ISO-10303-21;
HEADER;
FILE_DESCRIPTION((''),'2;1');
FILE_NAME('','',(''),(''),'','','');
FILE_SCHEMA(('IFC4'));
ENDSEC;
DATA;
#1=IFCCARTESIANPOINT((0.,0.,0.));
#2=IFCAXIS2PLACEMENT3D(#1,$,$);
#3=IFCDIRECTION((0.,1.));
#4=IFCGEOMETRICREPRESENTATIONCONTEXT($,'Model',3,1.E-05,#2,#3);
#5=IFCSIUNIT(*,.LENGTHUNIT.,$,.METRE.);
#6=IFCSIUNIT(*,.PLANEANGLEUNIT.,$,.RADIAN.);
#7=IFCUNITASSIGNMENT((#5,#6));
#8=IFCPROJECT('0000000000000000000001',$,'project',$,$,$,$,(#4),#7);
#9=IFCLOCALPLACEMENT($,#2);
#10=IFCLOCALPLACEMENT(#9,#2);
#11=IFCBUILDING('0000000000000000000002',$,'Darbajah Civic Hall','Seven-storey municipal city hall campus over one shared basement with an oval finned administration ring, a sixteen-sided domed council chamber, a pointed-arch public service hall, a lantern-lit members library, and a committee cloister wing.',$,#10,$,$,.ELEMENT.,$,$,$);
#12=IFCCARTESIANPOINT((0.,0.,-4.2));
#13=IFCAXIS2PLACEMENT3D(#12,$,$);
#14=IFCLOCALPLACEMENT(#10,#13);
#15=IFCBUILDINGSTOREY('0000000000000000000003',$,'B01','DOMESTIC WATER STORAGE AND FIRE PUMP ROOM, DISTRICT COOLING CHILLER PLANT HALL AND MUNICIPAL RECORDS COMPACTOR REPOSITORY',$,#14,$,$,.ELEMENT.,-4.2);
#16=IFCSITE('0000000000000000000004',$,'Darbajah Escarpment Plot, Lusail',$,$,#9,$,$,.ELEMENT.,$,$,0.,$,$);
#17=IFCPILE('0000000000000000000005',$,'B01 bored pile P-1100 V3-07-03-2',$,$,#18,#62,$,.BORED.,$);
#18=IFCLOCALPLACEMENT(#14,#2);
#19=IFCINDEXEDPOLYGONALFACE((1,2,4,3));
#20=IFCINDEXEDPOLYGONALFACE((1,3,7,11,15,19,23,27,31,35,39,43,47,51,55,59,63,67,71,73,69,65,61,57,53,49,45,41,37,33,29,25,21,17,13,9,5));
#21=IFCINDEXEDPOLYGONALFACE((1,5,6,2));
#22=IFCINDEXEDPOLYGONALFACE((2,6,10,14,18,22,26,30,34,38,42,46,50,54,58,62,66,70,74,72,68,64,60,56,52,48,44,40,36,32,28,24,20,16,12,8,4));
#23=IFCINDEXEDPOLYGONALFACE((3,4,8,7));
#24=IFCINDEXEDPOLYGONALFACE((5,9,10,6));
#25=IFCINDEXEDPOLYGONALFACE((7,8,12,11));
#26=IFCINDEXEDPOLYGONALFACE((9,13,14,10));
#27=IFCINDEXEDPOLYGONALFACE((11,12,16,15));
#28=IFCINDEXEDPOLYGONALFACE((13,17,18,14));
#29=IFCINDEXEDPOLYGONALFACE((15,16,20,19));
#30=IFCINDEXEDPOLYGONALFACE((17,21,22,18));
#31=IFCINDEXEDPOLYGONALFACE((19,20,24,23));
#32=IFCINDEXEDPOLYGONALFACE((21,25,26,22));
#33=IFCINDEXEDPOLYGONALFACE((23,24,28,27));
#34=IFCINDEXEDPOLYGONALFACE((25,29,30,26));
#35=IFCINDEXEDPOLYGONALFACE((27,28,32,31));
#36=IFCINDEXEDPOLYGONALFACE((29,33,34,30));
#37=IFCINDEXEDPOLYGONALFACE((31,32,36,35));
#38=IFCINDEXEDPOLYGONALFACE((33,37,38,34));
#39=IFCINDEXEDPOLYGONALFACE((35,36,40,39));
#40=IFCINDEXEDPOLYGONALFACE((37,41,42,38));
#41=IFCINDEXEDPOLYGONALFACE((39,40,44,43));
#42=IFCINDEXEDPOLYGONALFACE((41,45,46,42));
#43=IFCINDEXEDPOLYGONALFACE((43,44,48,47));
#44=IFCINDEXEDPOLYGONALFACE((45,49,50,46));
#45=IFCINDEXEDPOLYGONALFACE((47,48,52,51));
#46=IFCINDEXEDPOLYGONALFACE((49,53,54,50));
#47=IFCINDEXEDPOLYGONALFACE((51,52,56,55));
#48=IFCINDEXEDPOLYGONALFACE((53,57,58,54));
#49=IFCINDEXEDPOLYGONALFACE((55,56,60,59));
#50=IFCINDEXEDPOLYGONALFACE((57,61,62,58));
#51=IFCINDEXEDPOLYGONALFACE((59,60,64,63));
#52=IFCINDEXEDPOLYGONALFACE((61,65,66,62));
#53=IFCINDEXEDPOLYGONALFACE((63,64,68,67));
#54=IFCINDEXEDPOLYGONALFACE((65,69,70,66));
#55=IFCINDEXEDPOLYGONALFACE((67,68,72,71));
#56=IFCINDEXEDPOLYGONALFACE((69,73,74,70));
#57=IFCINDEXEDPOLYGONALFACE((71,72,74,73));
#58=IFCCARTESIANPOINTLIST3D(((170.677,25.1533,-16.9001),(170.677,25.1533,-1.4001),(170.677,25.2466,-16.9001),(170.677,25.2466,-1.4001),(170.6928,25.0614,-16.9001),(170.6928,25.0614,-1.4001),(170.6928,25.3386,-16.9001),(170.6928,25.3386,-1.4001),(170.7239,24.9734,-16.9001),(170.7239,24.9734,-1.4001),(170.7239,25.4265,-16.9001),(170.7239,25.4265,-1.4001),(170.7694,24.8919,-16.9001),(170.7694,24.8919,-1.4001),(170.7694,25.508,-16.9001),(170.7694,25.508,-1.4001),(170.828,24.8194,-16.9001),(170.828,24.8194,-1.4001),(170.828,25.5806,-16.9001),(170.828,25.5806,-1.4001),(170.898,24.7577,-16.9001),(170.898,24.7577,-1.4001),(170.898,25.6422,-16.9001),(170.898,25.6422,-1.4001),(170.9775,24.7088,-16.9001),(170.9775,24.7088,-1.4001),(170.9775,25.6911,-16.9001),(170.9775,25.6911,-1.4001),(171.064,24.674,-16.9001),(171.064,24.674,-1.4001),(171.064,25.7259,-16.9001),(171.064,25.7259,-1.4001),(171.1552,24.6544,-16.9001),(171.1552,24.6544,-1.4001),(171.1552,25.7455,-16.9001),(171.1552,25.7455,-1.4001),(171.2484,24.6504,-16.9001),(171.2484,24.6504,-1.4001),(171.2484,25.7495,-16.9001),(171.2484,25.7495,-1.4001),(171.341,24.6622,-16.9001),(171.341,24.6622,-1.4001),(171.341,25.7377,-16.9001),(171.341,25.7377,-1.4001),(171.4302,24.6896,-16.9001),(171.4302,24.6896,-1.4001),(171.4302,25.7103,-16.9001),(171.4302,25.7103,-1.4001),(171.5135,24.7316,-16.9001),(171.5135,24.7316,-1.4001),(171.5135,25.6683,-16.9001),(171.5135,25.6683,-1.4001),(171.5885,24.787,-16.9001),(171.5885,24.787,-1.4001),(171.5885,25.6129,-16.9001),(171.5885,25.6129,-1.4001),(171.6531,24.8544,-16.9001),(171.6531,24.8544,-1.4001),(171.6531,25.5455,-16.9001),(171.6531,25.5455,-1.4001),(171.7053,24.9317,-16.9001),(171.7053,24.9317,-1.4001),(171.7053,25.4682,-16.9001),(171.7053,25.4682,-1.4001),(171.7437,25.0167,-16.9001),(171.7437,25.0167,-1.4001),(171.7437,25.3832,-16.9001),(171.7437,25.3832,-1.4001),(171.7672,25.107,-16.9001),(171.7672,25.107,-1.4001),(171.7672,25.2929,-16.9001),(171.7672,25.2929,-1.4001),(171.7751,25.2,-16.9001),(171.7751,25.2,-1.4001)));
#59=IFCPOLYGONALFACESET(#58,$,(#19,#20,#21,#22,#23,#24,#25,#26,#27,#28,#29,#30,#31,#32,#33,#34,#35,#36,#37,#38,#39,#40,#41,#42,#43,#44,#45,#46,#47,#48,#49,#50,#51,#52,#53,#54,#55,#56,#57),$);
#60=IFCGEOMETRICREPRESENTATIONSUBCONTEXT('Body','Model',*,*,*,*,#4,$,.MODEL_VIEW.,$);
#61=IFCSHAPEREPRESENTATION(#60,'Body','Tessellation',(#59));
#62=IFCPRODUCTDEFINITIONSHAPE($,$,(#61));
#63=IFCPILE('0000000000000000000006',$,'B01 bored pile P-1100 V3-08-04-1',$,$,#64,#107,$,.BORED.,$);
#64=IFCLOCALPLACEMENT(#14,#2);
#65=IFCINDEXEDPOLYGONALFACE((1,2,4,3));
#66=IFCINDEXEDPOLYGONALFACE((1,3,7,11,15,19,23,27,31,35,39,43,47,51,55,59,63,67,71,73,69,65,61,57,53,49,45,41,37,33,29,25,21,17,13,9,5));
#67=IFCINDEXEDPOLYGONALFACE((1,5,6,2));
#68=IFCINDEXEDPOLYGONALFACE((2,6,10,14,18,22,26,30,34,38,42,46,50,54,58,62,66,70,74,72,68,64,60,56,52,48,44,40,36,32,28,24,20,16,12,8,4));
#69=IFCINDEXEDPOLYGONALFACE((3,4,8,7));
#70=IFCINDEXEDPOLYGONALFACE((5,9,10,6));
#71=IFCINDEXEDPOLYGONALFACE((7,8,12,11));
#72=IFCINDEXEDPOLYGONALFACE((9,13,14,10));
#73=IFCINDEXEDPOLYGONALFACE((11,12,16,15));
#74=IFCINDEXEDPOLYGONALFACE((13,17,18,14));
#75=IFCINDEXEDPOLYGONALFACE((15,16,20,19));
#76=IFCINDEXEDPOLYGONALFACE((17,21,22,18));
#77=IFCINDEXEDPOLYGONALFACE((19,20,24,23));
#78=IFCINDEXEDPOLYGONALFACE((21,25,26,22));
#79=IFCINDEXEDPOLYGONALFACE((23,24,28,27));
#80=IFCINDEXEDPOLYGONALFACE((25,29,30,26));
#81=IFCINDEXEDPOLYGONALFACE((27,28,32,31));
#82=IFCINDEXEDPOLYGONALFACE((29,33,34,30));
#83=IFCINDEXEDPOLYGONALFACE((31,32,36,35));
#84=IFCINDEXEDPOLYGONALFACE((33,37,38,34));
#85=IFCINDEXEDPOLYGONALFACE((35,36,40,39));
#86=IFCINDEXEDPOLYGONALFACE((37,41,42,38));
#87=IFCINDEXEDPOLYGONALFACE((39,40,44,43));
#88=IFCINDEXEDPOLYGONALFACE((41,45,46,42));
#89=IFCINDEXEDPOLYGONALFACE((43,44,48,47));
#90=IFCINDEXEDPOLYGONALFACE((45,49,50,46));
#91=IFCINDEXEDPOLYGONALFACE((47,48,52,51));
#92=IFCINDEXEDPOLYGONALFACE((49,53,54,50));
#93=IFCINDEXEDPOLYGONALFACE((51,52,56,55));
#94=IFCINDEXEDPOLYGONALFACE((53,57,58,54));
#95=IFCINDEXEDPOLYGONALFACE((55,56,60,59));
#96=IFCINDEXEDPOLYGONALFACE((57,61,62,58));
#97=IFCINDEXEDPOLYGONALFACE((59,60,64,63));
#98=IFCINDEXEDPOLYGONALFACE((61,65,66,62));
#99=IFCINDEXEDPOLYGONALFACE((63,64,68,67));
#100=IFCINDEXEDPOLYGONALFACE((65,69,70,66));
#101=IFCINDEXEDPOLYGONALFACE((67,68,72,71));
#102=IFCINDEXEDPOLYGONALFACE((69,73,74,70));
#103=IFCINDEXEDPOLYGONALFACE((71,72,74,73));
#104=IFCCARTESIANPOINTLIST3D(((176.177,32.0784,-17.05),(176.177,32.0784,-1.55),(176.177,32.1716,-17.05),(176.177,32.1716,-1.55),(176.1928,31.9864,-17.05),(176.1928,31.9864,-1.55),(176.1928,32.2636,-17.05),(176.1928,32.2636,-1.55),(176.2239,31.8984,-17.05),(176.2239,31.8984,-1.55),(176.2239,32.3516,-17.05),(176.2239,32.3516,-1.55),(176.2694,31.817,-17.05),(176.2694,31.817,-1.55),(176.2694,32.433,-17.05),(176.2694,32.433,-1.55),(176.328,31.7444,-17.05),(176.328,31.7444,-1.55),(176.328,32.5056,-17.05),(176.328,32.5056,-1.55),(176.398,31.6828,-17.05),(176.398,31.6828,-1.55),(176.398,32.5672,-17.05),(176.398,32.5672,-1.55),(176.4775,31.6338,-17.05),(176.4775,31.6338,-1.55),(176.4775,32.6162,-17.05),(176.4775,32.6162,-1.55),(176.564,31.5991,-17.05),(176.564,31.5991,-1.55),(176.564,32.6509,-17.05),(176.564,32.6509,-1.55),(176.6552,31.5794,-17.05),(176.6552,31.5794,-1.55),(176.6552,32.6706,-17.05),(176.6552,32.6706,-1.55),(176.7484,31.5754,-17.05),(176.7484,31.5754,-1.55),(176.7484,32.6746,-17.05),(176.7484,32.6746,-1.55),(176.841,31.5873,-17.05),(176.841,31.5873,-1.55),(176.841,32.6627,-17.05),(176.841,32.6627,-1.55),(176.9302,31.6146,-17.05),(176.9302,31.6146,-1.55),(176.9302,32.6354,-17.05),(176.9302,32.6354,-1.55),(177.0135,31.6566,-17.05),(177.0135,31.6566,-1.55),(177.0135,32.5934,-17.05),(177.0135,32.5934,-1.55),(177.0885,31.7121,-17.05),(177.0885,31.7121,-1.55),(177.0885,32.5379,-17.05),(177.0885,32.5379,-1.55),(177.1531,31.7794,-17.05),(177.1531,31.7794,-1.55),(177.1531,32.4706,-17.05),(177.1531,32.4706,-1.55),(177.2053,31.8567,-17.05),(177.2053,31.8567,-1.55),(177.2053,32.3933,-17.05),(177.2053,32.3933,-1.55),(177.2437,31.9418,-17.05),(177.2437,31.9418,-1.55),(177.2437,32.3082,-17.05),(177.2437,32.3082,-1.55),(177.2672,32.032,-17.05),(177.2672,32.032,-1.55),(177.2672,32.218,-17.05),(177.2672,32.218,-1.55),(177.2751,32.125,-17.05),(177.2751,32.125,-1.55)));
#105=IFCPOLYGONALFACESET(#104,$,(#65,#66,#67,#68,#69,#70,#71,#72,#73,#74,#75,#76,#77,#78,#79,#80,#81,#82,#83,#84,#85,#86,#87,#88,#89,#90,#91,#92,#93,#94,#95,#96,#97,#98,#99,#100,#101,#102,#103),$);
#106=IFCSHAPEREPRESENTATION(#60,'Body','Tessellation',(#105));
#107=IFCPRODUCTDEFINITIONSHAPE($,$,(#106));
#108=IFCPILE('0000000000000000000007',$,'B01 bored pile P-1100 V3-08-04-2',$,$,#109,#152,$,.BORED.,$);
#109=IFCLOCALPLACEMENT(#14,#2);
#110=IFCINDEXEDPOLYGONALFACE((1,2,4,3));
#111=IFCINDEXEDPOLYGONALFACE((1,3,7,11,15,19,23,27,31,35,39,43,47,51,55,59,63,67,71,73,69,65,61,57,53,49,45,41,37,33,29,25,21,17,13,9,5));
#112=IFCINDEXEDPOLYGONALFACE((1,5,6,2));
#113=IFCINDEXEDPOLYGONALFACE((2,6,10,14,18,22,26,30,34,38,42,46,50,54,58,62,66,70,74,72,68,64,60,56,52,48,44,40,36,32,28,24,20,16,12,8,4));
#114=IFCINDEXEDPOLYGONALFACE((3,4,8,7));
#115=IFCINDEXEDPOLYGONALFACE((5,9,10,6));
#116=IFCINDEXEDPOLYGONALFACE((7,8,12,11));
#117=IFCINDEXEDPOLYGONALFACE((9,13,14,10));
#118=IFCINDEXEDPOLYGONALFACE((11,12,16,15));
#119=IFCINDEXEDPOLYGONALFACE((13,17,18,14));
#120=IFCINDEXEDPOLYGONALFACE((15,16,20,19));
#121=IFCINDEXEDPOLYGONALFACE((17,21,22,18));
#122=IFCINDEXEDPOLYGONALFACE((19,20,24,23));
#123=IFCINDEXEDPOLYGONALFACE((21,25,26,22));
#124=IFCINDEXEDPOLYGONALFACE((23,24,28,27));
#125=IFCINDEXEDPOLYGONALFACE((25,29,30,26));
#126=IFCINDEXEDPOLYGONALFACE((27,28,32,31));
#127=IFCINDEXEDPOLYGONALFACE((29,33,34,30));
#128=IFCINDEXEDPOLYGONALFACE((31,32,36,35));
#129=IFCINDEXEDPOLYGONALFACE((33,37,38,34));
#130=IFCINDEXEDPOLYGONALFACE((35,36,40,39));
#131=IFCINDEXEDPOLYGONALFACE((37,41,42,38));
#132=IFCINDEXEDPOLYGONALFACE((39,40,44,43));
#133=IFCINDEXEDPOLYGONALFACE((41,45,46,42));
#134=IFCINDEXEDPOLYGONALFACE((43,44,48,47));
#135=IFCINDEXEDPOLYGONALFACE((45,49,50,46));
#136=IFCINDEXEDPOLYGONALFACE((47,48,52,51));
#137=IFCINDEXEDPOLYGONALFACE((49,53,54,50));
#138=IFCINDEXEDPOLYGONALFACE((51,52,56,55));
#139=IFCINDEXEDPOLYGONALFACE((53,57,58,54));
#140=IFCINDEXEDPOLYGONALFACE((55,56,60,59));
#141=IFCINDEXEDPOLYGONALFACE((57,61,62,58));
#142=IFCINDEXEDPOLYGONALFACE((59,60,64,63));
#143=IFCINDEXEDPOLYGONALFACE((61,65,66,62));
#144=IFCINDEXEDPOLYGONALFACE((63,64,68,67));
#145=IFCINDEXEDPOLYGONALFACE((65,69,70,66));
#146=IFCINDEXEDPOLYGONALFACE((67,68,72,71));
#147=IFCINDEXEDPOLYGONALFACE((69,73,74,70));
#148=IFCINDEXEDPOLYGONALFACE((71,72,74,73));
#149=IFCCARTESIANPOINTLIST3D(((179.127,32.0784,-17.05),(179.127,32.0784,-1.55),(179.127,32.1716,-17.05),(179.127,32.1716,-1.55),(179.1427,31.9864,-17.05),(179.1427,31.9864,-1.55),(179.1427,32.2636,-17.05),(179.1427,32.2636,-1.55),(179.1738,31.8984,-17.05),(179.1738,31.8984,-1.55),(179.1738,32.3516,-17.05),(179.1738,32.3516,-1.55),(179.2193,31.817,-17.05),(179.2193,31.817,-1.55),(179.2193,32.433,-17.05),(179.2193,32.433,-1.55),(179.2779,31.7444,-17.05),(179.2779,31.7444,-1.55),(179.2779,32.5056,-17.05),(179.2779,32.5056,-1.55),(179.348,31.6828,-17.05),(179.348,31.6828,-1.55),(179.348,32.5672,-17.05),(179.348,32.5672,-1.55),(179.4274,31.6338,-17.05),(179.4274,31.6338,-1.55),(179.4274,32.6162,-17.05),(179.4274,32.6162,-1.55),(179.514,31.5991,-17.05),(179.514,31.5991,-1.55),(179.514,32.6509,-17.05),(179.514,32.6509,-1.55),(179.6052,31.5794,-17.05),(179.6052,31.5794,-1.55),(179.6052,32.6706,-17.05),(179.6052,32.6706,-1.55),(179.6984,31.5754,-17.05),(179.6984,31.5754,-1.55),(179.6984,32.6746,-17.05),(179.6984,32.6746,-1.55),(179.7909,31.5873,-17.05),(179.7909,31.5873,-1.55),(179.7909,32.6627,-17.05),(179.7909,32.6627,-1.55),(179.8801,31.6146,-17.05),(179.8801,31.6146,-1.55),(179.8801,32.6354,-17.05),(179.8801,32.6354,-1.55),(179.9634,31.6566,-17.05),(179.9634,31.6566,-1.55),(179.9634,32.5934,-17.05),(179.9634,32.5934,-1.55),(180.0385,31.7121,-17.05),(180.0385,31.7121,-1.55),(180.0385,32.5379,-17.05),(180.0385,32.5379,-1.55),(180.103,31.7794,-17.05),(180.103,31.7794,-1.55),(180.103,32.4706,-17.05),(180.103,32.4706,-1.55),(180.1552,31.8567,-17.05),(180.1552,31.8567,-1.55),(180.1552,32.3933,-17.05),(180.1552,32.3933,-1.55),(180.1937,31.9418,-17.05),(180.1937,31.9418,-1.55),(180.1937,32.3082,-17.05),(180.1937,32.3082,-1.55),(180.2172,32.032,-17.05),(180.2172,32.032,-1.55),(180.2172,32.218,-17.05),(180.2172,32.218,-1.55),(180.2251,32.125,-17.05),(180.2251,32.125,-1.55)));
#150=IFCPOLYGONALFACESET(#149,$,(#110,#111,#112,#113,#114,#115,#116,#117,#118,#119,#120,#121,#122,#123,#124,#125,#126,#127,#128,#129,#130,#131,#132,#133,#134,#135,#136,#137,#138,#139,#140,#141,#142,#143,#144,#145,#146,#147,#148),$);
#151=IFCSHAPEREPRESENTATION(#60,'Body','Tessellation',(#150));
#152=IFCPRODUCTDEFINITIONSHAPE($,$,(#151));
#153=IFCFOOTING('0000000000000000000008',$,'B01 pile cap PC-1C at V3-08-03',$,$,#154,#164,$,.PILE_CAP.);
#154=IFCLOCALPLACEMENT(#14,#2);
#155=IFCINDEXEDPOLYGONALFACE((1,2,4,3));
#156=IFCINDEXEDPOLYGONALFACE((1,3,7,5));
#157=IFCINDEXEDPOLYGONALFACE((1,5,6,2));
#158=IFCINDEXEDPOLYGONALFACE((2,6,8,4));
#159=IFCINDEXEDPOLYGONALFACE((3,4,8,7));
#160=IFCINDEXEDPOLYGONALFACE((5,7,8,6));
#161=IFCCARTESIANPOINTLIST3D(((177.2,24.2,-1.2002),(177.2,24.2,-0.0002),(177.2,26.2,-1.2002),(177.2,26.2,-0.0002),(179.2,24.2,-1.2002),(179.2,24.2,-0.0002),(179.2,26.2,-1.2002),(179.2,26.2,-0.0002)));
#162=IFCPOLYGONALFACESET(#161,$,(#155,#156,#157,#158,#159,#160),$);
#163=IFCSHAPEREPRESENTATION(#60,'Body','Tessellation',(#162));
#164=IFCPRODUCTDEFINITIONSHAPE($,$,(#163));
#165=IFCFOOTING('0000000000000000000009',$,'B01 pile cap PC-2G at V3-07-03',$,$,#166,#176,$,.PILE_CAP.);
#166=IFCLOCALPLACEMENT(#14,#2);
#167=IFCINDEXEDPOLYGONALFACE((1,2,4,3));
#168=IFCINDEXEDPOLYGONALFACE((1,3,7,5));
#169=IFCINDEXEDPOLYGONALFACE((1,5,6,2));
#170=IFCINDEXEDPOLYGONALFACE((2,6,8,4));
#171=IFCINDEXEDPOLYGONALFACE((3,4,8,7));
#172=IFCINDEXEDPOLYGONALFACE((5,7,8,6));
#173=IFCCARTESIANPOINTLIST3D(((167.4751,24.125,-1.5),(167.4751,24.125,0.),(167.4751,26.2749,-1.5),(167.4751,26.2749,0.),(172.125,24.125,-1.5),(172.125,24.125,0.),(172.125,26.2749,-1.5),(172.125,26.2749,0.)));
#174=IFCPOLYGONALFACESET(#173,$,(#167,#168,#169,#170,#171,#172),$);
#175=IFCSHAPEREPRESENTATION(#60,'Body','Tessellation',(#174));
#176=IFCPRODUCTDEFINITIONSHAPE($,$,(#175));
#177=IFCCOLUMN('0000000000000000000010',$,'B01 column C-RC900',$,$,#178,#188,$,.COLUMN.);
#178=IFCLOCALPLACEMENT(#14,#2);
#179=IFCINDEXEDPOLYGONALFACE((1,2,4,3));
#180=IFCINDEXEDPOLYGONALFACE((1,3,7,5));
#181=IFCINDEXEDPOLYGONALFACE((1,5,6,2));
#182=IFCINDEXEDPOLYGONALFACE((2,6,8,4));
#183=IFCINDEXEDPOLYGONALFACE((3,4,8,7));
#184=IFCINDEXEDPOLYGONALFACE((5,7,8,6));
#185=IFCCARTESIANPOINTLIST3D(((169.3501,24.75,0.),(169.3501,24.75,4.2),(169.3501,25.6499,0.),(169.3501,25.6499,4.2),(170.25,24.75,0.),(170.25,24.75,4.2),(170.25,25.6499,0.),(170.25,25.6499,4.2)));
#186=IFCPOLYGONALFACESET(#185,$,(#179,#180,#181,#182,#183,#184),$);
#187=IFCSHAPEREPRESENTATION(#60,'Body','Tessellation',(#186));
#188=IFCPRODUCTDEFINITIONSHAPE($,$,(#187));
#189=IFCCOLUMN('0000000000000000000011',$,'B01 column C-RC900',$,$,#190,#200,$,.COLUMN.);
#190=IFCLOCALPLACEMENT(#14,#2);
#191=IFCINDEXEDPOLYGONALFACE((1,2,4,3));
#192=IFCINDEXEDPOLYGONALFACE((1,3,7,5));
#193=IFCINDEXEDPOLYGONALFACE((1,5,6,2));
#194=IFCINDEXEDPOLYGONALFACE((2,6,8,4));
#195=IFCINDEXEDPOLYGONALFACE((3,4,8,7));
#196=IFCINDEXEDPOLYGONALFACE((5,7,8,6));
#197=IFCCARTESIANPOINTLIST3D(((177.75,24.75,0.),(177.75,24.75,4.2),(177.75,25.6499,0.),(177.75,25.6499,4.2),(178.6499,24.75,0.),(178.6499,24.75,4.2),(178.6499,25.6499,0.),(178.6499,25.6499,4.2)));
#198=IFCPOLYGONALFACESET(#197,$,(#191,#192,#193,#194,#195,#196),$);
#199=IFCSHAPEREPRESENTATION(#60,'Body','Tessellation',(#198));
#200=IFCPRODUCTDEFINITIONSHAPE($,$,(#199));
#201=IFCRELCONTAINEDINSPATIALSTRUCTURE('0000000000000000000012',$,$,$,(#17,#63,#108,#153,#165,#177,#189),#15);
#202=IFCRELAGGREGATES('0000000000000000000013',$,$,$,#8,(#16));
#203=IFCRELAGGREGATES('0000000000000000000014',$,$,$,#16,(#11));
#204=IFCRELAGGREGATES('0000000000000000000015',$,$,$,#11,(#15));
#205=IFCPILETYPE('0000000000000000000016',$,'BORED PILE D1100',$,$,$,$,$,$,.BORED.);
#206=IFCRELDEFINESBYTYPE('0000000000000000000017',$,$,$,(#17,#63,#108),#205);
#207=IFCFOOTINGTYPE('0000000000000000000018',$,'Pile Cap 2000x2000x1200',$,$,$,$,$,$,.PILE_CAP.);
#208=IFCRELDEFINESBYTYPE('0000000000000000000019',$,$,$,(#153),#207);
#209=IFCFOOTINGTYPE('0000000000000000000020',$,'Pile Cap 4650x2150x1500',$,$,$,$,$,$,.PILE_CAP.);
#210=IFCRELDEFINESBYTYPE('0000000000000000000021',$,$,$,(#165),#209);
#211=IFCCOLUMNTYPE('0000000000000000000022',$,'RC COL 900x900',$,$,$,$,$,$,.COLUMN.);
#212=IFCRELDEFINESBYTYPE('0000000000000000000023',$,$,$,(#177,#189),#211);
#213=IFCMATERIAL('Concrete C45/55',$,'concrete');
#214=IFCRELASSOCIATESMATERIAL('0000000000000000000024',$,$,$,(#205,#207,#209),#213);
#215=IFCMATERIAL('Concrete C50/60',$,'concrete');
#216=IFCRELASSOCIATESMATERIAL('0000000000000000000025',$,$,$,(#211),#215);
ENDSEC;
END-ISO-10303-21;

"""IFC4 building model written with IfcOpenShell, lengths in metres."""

from ifc_helpers import new_model, si_unit, direction, frame, origin, origin_2d, place, context, subcontext, project, spatial, rectangle, circle, extrude, material, material_profile, profile_set, type_object, element, save


model = new_model("IFC4")

# Units and contexts
model_context = context("Model", 3, precision=1e-05, world=origin(), true_north=direction((0.0, 1.0)))
body_context = subcontext(model_context, "Body", "Model", "MODEL_VIEW")
ifc_project = project(units=[si_unit("LENGTHUNIT", "METRE"), si_unit("PLANEANGLEUNIT", "RADIAN")], contexts=[model_context])

# Site, building, storey
site_placement = place(None, origin())
site = spatial("IfcSite", under=ifc_project, at=site_placement, Name="Darbajah Escarpment Plot, Lusail", CompositionType="ELEMENT", RefElevation=0.0)
building_placement = place(site_placement, origin())
building = spatial("IfcBuilding", under=site, at=building_placement, Name="Darbajah Civic Hall", Description="Seven-storey municipal city hall campus over one shared basement with an oval finned administration ring, a sixteen-sided domed council chamber, a pointed-arch public service hall, a lantern-lit members library, and a committee cloister wing.", CompositionType="ELEMENT")
storey_placement = place(building_placement, frame((0.0, 0.0, -4.2)))
storey = spatial("IfcBuildingStorey", under=building, at=storey_placement, Name="B01", Description="DOMESTIC WATER STORAGE AND FIRE PUMP ROOM, DISTRICT COOLING CHILLER PLANT HALL AND MUNICIPAL RECORDS COMPACTOR REPOSITORY", CompositionType="ELEMENT", Elevation=-4.2)

# Piles
ifc_material_1 = material(Name="Concrete C45/55", Category="concrete")
ifc_material_profile_1 = material_profile(ifc_material_1, circle(Radius=0.55, at=origin_2d()), Name="BORED PILE D1100")
ifc_profile_set_1 = profile_set([ifc_material_profile_1], Name="Concrete C45/55")
pile_type_1 = type_object("IfcPileType", Name="BORED PILE D1100", PredefinedType="BORED", material=ifc_profile_set_1)
for number, where, z_axis, x_axis, name in (
    (1, (171.2251, 25.2, -1.4001), (0.0, 0.0, -1.0), (1.0, 0.0, 0.0), "B01 bored pile P-1100 V3-07-03-2"),
    (2, (176.7251, 32.125, -1.55), (0.0, 0.0, -1.0), (1.0, 0.0, 0.0), "B01 bored pile P-1100 V3-08-04-1"),
    (3, (179.675, 32.125, -1.55), (0.0, 0.0, -1.0), (1.0, 0.0, 0.0), "B01 bored pile P-1100 V3-08-04-2"),
):
    element("IfcPile", number, at=place(storey_placement, frame(where, z_axis=z_axis, x_axis=x_axis)), inside=storey, type_object=pile_type_1, Name=name, PredefinedType="BORED", context=body_context, shape_type="SweptSolid", body=[
        extrude(circle(Radius=0.55, at=origin_2d()), origin(), (0.0, 0.0, 1.0), 15.5),
    ])

# Footings
footing_type_1 = type_object("IfcFootingType", Name="Pile Cap 2000x2000x1200", PredefinedType="PILE_CAP", material=ifc_material_1)
footing_1_placement = place(storey_placement, frame((178.2, 25.2, -1.2002), z_axis=(0.0, 0.0, 1.0), x_axis=(1.0, 0.0, 0.0)))
element("IfcFooting", 4, at=footing_1_placement, inside=storey, type_object=footing_type_1, Name="B01 pile cap PC-1C at V3-08-03", PredefinedType="PILE_CAP", context=body_context, shape_type="SweptSolid", body=[
    extrude(rectangle(XDim=2.0, YDim=2.0, at=origin_2d()), origin(), (0.0, 0.0, 1.0), 1.2),
])
footing_type_2 = type_object("IfcFootingType", Name="Pile Cap 4650x2150x1500", PredefinedType="PILE_CAP", material=ifc_material_1)
footing_2_placement = place(storey_placement, frame((169.8, 25.2, -1.5), z_axis=(0.0, 0.0, 1.0), x_axis=(1.0, 0.0, 0.0)))
element("IfcFooting", 5, at=footing_2_placement, inside=storey, type_object=footing_type_2, Name="B01 pile cap PC-2G at V3-07-03", PredefinedType="PILE_CAP", context=body_context, shape_type="SweptSolid", body=[
    extrude(rectangle(XDim=4.6499, YDim=2.1499, at=origin_2d()), origin(), (0.0, 0.0, 1.0), 1.5),
])

# Columns
ifc_material_2 = material(Name="Concrete C50/60", Category="concrete")
ifc_material_profile_2 = material_profile(ifc_material_2, rectangle(XDim=0.8999, YDim=0.8999, at=origin_2d()), Name="RC COL 900x900")
ifc_profile_set_2 = profile_set([ifc_material_profile_2], Name="Concrete C50/60")
column_type = type_object("IfcColumnType", Name="RC COL 900x900", PredefinedType="COLUMN", material=ifc_profile_set_2)
for number, where, z_axis, x_axis, name in (
    (6, (169.8, 25.2, 0.0), (0.0, 0.0, 1.0), (1.0, 0.0, 0.0), "B01 column C-RC900"),
    (7, (178.2, 25.2, 0.0), (0.0, 0.0, 1.0), (1.0, 0.0, 0.0), "B01 column C-RC900"),
):
    element("IfcColumn", number, at=place(storey_placement, frame(where, z_axis=z_axis, x_axis=x_axis)), inside=storey, type_object=column_type, Name=name, PredefinedType="COLUMN", context=body_context, shape_type="SweptSolid", body=[
        extrude(rectangle(XDim=0.8999, YDim=0.8999, at=origin_2d()), origin(), (0.0, 0.0, 1.0), 4.2),
    ])

save(model, "model.ifc")
